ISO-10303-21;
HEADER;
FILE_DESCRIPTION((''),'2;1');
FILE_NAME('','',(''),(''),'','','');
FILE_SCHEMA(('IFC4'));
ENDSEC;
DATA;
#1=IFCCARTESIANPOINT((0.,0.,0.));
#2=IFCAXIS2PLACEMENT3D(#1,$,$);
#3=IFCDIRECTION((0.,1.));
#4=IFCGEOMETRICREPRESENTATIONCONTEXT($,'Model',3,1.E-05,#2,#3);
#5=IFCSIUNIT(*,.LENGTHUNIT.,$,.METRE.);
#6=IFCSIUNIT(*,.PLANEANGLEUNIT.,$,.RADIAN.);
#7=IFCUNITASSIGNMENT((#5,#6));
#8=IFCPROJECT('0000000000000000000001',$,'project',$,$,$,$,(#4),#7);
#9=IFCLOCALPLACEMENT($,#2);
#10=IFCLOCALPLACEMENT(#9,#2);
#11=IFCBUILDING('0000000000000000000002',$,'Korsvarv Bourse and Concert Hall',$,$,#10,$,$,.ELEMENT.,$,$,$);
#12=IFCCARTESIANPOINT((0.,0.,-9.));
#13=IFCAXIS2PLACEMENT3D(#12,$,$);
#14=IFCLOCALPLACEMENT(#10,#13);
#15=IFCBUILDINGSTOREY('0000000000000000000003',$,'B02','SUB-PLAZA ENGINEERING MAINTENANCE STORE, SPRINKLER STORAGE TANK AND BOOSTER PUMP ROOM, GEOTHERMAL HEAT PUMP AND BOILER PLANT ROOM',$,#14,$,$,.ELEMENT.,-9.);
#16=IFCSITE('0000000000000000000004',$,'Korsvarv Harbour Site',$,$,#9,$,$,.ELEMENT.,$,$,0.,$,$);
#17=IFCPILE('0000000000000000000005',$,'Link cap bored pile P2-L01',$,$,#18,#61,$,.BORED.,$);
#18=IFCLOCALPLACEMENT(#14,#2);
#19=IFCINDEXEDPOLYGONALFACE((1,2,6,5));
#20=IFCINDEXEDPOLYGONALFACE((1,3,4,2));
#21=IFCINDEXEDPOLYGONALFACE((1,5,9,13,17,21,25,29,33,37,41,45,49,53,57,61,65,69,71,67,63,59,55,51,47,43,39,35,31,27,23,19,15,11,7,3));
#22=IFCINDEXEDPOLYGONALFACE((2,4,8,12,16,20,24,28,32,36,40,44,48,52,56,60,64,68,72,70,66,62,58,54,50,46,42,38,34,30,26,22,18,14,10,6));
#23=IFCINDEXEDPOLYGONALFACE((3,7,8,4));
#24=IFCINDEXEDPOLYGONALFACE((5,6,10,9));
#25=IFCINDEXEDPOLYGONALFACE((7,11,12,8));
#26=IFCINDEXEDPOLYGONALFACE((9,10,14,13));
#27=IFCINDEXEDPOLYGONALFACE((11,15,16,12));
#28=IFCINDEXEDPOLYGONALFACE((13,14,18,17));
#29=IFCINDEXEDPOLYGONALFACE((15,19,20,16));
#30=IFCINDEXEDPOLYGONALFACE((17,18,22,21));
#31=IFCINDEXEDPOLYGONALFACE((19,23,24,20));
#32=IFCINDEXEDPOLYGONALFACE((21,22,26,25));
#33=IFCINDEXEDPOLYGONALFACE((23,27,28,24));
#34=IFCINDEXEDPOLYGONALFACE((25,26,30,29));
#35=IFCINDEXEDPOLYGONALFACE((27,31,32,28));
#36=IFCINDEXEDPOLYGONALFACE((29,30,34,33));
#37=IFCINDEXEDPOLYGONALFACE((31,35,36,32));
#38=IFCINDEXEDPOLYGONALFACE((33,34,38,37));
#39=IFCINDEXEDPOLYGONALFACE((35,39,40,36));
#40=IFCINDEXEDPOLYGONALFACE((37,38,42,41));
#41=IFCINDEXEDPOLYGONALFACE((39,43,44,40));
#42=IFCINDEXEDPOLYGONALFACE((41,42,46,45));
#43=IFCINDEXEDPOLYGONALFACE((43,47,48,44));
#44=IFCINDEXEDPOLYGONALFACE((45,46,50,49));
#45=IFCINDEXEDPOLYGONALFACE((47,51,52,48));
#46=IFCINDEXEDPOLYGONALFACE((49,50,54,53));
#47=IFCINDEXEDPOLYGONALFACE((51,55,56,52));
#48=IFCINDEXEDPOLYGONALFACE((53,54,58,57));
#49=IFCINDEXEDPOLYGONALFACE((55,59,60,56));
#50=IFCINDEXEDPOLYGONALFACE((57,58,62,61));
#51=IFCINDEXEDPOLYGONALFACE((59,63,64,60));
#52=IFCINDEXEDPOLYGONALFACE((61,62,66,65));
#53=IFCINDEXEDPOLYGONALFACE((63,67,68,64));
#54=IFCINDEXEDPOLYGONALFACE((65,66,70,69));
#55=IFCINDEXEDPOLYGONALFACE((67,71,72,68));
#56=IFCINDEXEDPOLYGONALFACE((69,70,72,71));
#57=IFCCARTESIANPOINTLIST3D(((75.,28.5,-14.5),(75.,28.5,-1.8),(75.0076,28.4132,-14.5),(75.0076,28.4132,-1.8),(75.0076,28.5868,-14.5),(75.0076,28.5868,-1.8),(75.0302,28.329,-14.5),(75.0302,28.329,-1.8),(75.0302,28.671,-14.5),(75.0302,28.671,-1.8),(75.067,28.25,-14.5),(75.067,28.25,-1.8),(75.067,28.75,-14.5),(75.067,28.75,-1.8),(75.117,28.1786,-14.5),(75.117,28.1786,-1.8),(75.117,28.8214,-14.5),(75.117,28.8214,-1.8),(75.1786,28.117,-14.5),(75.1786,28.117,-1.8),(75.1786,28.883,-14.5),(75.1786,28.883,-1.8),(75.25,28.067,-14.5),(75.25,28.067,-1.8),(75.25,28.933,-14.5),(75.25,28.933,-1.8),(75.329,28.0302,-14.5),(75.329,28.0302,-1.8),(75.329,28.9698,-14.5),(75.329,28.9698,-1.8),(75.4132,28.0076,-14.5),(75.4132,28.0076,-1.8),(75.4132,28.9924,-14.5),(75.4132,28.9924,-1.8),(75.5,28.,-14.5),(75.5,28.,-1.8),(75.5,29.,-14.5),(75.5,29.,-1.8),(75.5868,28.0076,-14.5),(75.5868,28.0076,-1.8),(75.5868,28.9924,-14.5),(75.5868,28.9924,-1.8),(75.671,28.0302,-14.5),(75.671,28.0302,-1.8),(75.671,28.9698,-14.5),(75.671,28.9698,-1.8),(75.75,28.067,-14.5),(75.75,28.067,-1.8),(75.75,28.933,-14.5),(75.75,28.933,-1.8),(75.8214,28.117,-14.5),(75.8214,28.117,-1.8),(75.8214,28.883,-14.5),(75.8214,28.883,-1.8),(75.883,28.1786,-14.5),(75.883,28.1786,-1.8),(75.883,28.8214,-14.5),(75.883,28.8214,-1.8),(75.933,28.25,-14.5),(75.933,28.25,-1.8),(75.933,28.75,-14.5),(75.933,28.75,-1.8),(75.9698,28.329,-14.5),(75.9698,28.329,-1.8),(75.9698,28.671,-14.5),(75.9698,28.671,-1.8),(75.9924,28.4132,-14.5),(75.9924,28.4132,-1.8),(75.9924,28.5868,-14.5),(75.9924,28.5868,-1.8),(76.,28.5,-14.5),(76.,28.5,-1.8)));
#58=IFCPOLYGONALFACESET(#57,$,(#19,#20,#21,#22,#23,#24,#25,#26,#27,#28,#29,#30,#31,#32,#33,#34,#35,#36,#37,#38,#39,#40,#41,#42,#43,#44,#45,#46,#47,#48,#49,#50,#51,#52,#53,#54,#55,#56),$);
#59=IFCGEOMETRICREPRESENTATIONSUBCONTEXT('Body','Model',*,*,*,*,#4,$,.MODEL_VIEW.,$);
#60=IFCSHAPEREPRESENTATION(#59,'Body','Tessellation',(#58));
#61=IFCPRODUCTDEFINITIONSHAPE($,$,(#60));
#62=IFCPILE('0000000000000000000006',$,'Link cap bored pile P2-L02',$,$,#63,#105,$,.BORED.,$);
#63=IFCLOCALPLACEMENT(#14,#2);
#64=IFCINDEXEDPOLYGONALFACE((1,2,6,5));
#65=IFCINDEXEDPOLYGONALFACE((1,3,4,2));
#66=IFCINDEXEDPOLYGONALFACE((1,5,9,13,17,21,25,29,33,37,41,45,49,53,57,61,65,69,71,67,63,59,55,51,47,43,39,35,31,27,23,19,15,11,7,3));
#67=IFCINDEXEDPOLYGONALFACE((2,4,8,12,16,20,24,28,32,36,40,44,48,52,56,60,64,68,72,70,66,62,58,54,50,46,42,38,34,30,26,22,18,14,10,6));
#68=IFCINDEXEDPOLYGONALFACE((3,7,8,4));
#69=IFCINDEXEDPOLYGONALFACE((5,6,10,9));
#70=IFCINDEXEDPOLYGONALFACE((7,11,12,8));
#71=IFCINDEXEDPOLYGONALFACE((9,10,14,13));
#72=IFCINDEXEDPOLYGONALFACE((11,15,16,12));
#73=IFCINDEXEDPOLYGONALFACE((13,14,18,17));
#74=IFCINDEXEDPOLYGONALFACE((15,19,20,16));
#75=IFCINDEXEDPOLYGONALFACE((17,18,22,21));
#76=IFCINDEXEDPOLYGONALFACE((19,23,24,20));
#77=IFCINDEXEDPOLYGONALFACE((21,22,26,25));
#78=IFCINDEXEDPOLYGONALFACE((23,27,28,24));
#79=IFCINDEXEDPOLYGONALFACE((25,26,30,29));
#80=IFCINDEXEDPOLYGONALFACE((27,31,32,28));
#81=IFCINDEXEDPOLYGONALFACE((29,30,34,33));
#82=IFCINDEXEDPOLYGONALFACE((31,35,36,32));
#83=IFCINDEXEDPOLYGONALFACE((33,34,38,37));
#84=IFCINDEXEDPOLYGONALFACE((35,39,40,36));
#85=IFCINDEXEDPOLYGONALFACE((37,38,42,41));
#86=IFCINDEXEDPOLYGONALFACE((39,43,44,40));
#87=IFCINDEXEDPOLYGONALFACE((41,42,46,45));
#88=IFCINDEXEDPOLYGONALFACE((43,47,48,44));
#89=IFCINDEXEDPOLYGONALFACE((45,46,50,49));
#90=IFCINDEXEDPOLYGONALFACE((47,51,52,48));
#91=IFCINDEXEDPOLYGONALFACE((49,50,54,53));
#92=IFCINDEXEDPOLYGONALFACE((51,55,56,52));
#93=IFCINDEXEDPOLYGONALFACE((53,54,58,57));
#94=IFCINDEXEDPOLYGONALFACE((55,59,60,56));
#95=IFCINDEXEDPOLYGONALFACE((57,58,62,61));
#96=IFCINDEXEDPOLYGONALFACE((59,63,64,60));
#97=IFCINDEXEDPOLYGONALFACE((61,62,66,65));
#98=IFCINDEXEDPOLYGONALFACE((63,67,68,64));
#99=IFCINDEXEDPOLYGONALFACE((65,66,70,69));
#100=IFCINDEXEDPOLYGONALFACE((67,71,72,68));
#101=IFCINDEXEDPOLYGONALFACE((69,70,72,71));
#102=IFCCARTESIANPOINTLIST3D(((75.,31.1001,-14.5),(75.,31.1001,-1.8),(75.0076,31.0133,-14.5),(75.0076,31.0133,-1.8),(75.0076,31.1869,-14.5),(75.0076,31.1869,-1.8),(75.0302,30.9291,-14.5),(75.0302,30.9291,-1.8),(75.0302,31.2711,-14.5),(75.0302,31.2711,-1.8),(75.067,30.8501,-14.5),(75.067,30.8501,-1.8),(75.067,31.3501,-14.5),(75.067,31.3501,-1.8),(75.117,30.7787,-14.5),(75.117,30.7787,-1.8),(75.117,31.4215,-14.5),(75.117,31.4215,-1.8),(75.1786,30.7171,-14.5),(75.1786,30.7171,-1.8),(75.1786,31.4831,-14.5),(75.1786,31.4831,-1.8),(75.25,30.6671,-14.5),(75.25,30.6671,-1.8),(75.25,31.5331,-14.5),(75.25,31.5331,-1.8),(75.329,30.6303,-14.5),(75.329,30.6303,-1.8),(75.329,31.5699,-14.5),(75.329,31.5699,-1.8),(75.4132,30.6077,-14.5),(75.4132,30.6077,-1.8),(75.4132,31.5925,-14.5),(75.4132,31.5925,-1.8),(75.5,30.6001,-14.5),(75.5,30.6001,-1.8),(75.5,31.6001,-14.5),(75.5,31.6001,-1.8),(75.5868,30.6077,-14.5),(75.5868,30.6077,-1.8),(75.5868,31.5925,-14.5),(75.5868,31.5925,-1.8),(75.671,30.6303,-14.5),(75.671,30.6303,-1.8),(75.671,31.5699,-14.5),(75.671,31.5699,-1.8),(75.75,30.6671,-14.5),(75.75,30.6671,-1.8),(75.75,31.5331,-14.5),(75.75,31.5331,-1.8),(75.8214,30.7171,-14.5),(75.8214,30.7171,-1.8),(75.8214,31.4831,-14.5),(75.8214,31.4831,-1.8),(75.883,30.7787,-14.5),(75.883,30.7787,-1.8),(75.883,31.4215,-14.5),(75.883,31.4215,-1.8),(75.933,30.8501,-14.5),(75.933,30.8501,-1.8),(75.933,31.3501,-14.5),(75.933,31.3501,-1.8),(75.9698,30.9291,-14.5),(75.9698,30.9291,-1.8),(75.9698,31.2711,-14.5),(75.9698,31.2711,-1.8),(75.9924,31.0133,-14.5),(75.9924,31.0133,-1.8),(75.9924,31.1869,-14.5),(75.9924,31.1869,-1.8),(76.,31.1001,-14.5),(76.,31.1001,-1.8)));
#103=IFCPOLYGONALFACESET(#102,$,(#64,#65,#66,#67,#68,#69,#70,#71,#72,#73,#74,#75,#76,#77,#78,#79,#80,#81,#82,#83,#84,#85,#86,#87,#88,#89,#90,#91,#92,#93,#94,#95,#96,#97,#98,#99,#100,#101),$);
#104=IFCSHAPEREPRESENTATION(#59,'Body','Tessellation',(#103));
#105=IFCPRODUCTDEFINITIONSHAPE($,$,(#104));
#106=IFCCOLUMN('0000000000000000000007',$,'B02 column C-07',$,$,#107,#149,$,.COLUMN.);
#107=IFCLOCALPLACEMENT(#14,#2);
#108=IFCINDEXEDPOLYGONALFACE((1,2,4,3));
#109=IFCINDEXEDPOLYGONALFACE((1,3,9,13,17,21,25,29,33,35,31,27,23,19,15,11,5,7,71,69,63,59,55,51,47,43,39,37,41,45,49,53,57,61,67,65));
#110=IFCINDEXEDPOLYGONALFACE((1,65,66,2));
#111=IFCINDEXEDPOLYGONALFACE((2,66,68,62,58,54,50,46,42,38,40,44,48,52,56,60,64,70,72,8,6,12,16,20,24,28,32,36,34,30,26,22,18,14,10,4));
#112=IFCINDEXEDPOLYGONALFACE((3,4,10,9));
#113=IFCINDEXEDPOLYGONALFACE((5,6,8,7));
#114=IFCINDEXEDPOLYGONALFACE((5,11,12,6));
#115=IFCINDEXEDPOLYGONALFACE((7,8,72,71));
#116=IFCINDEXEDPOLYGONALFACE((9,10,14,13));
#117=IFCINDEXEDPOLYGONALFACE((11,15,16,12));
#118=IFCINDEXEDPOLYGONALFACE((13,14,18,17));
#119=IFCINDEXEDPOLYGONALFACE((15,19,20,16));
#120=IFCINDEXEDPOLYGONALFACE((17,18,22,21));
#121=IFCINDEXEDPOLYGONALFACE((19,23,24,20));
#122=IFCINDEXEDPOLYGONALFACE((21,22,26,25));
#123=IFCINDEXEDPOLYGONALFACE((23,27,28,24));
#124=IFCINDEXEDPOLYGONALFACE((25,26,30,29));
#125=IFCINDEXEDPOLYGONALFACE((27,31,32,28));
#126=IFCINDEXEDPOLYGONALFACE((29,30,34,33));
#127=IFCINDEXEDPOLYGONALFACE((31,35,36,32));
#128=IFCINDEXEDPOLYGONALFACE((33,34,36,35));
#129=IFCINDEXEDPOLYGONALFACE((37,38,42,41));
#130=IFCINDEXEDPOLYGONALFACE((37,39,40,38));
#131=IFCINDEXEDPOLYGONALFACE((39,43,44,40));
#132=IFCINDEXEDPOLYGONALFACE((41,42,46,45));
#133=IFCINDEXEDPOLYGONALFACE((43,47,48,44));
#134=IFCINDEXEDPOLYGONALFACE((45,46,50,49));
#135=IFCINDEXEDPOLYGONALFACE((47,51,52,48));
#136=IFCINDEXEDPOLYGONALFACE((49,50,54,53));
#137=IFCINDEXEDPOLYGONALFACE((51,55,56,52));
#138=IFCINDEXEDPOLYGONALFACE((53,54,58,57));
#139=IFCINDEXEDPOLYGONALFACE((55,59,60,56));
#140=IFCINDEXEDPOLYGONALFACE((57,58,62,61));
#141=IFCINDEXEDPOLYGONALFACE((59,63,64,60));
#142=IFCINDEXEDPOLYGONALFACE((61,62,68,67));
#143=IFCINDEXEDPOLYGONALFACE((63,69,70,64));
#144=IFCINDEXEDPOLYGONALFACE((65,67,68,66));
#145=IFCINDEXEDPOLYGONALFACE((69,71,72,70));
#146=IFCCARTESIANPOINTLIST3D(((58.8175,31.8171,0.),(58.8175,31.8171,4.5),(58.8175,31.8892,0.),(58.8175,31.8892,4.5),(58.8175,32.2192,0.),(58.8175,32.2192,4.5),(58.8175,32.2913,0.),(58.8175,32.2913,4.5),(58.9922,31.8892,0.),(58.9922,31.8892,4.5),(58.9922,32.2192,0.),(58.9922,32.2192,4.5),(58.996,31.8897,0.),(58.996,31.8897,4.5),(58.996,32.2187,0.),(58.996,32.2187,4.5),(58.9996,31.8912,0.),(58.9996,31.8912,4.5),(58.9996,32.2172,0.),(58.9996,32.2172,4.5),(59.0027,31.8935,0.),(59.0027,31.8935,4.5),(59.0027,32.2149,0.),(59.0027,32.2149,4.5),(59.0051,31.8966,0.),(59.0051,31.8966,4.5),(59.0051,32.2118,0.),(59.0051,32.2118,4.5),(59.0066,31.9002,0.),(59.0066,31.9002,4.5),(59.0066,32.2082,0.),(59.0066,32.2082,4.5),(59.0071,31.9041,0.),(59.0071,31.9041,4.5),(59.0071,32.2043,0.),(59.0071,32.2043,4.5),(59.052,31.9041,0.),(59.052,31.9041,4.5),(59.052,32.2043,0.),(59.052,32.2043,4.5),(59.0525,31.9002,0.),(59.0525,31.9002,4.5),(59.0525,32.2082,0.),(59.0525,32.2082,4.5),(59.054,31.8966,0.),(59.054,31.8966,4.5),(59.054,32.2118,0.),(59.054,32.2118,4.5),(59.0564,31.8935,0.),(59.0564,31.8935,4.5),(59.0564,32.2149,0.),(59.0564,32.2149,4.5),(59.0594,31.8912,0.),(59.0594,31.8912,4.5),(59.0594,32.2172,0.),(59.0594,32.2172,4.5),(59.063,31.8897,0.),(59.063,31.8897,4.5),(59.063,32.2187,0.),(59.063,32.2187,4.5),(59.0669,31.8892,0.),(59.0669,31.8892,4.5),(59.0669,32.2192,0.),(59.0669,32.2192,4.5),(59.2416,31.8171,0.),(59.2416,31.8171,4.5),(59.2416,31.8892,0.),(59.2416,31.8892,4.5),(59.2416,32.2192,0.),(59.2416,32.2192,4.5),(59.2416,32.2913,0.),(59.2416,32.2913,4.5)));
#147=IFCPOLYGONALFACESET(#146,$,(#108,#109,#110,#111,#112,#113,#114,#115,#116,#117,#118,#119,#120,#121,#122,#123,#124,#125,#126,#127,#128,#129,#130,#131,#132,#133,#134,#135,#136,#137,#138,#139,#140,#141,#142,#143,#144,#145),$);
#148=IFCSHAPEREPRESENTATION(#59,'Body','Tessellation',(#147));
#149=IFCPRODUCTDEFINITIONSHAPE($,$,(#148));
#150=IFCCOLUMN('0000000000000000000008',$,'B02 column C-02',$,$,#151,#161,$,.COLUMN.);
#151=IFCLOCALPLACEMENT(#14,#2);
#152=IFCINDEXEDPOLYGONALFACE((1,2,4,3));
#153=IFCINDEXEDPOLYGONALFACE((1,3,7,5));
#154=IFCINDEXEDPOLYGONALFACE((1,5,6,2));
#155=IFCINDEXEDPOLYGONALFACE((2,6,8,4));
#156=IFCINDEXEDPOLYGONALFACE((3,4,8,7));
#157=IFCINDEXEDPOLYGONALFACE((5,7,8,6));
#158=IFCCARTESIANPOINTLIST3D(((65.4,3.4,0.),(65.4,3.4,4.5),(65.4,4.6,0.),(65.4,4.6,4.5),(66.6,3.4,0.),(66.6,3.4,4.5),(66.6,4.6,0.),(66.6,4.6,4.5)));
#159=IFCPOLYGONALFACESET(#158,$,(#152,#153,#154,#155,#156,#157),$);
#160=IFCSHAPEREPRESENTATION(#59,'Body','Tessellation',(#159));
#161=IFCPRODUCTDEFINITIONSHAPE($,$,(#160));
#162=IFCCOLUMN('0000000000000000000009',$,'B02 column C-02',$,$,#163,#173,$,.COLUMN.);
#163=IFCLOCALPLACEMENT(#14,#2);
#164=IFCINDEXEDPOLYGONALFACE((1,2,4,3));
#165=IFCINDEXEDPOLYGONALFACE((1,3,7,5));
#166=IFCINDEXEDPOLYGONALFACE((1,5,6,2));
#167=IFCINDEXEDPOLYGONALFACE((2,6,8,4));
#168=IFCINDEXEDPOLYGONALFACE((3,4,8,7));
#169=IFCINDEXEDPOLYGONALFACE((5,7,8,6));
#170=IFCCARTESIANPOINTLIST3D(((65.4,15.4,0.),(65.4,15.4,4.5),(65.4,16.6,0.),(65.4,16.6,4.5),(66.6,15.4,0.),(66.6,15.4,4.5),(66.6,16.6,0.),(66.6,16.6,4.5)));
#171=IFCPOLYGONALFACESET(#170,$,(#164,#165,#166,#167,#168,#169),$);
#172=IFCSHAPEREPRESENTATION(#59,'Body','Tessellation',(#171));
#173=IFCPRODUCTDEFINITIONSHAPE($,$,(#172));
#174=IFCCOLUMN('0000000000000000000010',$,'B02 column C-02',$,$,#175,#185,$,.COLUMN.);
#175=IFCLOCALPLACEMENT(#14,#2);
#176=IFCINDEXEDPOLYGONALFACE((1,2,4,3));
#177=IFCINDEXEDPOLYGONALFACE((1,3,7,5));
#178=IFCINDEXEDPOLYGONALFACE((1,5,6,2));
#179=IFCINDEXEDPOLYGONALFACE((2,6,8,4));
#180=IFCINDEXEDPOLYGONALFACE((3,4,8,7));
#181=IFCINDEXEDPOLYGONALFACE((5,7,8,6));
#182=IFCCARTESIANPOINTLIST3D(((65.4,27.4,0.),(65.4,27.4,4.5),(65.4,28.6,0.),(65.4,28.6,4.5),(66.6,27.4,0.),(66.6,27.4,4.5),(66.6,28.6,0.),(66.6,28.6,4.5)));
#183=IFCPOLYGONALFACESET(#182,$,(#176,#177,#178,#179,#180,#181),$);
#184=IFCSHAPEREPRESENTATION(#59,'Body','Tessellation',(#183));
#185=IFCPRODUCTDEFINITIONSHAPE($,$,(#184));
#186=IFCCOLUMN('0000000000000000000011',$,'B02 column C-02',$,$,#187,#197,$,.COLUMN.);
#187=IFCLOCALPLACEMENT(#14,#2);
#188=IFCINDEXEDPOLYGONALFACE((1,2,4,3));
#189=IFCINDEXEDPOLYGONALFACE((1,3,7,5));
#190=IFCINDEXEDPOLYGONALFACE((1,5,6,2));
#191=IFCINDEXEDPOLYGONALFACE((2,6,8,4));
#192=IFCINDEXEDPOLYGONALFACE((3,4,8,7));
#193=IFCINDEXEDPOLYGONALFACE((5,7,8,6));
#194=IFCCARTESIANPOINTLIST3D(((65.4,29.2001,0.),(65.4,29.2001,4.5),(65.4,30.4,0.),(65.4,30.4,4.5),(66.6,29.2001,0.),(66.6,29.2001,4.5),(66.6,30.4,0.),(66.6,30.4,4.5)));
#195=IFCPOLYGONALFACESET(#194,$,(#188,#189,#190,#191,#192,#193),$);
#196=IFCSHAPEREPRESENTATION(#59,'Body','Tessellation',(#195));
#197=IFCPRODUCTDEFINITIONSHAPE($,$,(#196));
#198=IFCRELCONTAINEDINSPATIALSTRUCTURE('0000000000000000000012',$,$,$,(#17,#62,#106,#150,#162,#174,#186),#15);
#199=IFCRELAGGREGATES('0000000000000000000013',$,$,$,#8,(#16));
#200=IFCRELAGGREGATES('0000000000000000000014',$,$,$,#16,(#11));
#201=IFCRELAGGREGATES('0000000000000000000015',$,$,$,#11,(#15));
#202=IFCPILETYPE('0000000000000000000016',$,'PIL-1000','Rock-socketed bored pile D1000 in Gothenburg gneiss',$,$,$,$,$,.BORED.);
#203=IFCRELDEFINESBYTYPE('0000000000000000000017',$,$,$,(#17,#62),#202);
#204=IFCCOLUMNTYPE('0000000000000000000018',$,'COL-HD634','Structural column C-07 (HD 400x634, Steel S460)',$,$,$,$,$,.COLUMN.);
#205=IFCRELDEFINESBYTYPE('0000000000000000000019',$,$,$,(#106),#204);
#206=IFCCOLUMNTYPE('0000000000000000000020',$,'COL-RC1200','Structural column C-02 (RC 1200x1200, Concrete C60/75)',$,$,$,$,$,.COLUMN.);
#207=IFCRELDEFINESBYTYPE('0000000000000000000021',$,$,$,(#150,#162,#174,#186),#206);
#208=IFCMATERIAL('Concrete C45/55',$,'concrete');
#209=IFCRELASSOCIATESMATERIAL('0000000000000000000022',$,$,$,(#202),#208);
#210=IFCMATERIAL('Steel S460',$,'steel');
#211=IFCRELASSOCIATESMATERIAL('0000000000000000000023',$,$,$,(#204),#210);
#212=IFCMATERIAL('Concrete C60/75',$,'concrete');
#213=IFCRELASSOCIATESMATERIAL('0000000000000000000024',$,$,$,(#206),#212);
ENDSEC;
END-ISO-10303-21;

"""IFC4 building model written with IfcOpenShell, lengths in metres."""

from ifc_helpers import new_model, si_unit, direction, frame, origin, origin_2d, place, context, subcontext, project, spatial, rectangle, circle, i_section, extrude, source, transform, mapped, material, material_profile, profile_set, type_object, element, save


model = new_model("IFC4")

# Units and contexts
model_context = context("Model", 3, precision=1e-05, world=origin(), true_north=direction((0.0, 1.0)))
body_context = subcontext(model_context, "Body", "Model", "MODEL_VIEW")
ifc_project = project(units=[si_unit("LENGTHUNIT", "METRE"), si_unit("PLANEANGLEUNIT", "RADIAN")], contexts=[model_context])

# Site, building, storey
site_placement = place(None, origin())
site = spatial("IfcSite", under=ifc_project, at=site_placement, Name="Korsvarv Harbour Site", CompositionType="ELEMENT", RefElevation=0.0)
building_placement = place(site_placement, origin())
building = spatial("IfcBuilding", under=site, at=building_placement, Name="Korsvarv Bourse and Concert Hall", CompositionType="ELEMENT")
storey_placement = place(building_placement, frame((0.0, 0.0, -9.0)))
storey = spatial("IfcBuildingStorey", under=building, at=storey_placement, Name="B02", Description="SUB-PLAZA ENGINEERING MAINTENANCE STORE, SPRINKLER STORAGE TANK AND BOOSTER PUMP ROOM, GEOTHERMAL HEAT PUMP AND BOILER PLANT ROOM", CompositionType="ELEMENT", Elevation=-9.0)

# Shared definitions
ifc_material_1 = material(Name="Concrete C45/55", Category="concrete")

# Piles
ifc_material_profile_1 = material_profile(ifc_material_1, circle(Radius=0.5, at=origin_2d()), Name="PILE D1000")
ifc_profile_set_1 = profile_set([ifc_material_profile_1], Name="Concrete C45/55")
pile_type_1 = type_object("IfcPileType", Name="PIL-1000", Description="Rock-socketed bored pile D1000 in Gothenburg gneiss", PredefinedType="BORED", material=ifc_profile_set_1)
shared_shape_1 = source(origin(), body_context, "Body", "SweptSolid", [
    extrude(circle(Radius=0.5, at=origin_2d()), origin(), (0.0, 0.0, 1.0), 12.7),
])
for number, where, z_axis, x_axis, name in (
    (1, (75.5, 28.5, -1.8), (0.0, 0.0, -1.0), (1.0, 0.0, 0.0), "Link cap bored pile P2-L01"),
    (2, (75.5, 31.1001, -1.8), (0.0, 0.0, -1.0), (1.0, 0.0, 0.0), "Link cap bored pile P2-L02"),
):
    element("IfcPile", number, at=place(storey_placement, frame(where, z_axis=z_axis, x_axis=x_axis)), inside=storey, type_object=pile_type_1, Name=name, PredefinedType="BORED", context=body_context, shape_type="MappedRepresentation", body=[
        mapped(shared_shape_1, transform((0.0, 0.0, 0.0), scale=1.0)),
    ])

# Columns
ifc_material_2 = material(Name="Steel S460", Category="steel")
ifc_material_profile_2 = material_profile(ifc_material_2, i_section(OverallWidth=0.4241, OverallDepth=0.4741, WebThickness=0.0449, FlangeThickness=0.072, FilletRadius=0.0149, at=origin_2d()), Name="HD 400x634")
ifc_profile_set_2 = profile_set([ifc_material_profile_2], Name="Steel S460")
column_type_1 = type_object("IfcColumnType", Name="COL-HD634", Description="Structural column C-07 (HD 400x634, Steel S460)", PredefinedType="COLUMN", material=ifc_profile_set_2)
shared_shape_2 = source(origin(), body_context, "Body", "SweptSolid", [
    extrude(i_section(OverallWidth=0.4241, OverallDepth=0.4741, WebThickness=0.0449, FlangeThickness=0.072, FilletRadius=0.0149, at=origin_2d()), origin(), (0.0, 0.0, 1.0), 4.5),
])
column_placement = place(storey_placement, frame((59.0295, 32.0542, 0.0), z_axis=(0.0, 0.0, 1.0), x_axis=(1.0, 0.0, 0.0)))
element("IfcColumn", 3, at=column_placement, inside=storey, type_object=column_type_1, Name="B02 column C-07", PredefinedType="COLUMN", context=body_context, shape_type="MappedRepresentation", body=[
    mapped(shared_shape_2, transform((0.0, 0.0, 0.0), scale=1.0)),
])
ifc_material_3 = material(Name="Concrete C60/75", Category="concrete")
ifc_material_profile_3 = material_profile(ifc_material_3, rectangle(XDim=1.2, YDim=1.2, at=origin_2d()), Name="RC 1200x1200")
ifc_profile_set_3 = profile_set([ifc_material_profile_3], Name="Concrete C60/75")
column_type_2 = type_object("IfcColumnType", Name="COL-RC1200", Description="Structural column C-02 (RC 1200x1200, Concrete C60/75)", PredefinedType="COLUMN", material=ifc_profile_set_3)
shared_shape_3 = source(origin(), body_context, "Body", "SweptSolid", [
    extrude(rectangle(XDim=1.2, YDim=1.2, at=origin_2d()), origin(), (0.0, 0.0, 1.0), 4.5),
])
for number, where, z_axis, x_axis, name in (
    (4, (66.0, 4.0, 0.0), (0.0, 0.0, 1.0), (1.0, 0.0, 0.0), "B02 column C-02"),
    (5, (66.0, 16.0, 0.0), (0.0, 0.0, 1.0), (1.0, 0.0, 0.0), "B02 column C-02"),
    (6, (66.0, 28.0, 0.0), (0.0, 0.0, 1.0), (1.0, 0.0, 0.0), "B02 column C-02"),
    (7, (66.0, 29.8, 0.0), (0.0, 0.0, 1.0), (1.0, 0.0, 0.0), "B02 column C-02"),
):
    element("IfcColumn", number, at=place(storey_placement, frame(where, z_axis=z_axis, x_axis=x_axis)), inside=storey, type_object=column_type_2, Name=name, PredefinedType="COLUMN", context=body_context, shape_type="MappedRepresentation", body=[
        mapped(shared_shape_3, transform((0.0, 0.0, 0.0), scale=1.0)),
    ])

save(model, "model.ifc")
